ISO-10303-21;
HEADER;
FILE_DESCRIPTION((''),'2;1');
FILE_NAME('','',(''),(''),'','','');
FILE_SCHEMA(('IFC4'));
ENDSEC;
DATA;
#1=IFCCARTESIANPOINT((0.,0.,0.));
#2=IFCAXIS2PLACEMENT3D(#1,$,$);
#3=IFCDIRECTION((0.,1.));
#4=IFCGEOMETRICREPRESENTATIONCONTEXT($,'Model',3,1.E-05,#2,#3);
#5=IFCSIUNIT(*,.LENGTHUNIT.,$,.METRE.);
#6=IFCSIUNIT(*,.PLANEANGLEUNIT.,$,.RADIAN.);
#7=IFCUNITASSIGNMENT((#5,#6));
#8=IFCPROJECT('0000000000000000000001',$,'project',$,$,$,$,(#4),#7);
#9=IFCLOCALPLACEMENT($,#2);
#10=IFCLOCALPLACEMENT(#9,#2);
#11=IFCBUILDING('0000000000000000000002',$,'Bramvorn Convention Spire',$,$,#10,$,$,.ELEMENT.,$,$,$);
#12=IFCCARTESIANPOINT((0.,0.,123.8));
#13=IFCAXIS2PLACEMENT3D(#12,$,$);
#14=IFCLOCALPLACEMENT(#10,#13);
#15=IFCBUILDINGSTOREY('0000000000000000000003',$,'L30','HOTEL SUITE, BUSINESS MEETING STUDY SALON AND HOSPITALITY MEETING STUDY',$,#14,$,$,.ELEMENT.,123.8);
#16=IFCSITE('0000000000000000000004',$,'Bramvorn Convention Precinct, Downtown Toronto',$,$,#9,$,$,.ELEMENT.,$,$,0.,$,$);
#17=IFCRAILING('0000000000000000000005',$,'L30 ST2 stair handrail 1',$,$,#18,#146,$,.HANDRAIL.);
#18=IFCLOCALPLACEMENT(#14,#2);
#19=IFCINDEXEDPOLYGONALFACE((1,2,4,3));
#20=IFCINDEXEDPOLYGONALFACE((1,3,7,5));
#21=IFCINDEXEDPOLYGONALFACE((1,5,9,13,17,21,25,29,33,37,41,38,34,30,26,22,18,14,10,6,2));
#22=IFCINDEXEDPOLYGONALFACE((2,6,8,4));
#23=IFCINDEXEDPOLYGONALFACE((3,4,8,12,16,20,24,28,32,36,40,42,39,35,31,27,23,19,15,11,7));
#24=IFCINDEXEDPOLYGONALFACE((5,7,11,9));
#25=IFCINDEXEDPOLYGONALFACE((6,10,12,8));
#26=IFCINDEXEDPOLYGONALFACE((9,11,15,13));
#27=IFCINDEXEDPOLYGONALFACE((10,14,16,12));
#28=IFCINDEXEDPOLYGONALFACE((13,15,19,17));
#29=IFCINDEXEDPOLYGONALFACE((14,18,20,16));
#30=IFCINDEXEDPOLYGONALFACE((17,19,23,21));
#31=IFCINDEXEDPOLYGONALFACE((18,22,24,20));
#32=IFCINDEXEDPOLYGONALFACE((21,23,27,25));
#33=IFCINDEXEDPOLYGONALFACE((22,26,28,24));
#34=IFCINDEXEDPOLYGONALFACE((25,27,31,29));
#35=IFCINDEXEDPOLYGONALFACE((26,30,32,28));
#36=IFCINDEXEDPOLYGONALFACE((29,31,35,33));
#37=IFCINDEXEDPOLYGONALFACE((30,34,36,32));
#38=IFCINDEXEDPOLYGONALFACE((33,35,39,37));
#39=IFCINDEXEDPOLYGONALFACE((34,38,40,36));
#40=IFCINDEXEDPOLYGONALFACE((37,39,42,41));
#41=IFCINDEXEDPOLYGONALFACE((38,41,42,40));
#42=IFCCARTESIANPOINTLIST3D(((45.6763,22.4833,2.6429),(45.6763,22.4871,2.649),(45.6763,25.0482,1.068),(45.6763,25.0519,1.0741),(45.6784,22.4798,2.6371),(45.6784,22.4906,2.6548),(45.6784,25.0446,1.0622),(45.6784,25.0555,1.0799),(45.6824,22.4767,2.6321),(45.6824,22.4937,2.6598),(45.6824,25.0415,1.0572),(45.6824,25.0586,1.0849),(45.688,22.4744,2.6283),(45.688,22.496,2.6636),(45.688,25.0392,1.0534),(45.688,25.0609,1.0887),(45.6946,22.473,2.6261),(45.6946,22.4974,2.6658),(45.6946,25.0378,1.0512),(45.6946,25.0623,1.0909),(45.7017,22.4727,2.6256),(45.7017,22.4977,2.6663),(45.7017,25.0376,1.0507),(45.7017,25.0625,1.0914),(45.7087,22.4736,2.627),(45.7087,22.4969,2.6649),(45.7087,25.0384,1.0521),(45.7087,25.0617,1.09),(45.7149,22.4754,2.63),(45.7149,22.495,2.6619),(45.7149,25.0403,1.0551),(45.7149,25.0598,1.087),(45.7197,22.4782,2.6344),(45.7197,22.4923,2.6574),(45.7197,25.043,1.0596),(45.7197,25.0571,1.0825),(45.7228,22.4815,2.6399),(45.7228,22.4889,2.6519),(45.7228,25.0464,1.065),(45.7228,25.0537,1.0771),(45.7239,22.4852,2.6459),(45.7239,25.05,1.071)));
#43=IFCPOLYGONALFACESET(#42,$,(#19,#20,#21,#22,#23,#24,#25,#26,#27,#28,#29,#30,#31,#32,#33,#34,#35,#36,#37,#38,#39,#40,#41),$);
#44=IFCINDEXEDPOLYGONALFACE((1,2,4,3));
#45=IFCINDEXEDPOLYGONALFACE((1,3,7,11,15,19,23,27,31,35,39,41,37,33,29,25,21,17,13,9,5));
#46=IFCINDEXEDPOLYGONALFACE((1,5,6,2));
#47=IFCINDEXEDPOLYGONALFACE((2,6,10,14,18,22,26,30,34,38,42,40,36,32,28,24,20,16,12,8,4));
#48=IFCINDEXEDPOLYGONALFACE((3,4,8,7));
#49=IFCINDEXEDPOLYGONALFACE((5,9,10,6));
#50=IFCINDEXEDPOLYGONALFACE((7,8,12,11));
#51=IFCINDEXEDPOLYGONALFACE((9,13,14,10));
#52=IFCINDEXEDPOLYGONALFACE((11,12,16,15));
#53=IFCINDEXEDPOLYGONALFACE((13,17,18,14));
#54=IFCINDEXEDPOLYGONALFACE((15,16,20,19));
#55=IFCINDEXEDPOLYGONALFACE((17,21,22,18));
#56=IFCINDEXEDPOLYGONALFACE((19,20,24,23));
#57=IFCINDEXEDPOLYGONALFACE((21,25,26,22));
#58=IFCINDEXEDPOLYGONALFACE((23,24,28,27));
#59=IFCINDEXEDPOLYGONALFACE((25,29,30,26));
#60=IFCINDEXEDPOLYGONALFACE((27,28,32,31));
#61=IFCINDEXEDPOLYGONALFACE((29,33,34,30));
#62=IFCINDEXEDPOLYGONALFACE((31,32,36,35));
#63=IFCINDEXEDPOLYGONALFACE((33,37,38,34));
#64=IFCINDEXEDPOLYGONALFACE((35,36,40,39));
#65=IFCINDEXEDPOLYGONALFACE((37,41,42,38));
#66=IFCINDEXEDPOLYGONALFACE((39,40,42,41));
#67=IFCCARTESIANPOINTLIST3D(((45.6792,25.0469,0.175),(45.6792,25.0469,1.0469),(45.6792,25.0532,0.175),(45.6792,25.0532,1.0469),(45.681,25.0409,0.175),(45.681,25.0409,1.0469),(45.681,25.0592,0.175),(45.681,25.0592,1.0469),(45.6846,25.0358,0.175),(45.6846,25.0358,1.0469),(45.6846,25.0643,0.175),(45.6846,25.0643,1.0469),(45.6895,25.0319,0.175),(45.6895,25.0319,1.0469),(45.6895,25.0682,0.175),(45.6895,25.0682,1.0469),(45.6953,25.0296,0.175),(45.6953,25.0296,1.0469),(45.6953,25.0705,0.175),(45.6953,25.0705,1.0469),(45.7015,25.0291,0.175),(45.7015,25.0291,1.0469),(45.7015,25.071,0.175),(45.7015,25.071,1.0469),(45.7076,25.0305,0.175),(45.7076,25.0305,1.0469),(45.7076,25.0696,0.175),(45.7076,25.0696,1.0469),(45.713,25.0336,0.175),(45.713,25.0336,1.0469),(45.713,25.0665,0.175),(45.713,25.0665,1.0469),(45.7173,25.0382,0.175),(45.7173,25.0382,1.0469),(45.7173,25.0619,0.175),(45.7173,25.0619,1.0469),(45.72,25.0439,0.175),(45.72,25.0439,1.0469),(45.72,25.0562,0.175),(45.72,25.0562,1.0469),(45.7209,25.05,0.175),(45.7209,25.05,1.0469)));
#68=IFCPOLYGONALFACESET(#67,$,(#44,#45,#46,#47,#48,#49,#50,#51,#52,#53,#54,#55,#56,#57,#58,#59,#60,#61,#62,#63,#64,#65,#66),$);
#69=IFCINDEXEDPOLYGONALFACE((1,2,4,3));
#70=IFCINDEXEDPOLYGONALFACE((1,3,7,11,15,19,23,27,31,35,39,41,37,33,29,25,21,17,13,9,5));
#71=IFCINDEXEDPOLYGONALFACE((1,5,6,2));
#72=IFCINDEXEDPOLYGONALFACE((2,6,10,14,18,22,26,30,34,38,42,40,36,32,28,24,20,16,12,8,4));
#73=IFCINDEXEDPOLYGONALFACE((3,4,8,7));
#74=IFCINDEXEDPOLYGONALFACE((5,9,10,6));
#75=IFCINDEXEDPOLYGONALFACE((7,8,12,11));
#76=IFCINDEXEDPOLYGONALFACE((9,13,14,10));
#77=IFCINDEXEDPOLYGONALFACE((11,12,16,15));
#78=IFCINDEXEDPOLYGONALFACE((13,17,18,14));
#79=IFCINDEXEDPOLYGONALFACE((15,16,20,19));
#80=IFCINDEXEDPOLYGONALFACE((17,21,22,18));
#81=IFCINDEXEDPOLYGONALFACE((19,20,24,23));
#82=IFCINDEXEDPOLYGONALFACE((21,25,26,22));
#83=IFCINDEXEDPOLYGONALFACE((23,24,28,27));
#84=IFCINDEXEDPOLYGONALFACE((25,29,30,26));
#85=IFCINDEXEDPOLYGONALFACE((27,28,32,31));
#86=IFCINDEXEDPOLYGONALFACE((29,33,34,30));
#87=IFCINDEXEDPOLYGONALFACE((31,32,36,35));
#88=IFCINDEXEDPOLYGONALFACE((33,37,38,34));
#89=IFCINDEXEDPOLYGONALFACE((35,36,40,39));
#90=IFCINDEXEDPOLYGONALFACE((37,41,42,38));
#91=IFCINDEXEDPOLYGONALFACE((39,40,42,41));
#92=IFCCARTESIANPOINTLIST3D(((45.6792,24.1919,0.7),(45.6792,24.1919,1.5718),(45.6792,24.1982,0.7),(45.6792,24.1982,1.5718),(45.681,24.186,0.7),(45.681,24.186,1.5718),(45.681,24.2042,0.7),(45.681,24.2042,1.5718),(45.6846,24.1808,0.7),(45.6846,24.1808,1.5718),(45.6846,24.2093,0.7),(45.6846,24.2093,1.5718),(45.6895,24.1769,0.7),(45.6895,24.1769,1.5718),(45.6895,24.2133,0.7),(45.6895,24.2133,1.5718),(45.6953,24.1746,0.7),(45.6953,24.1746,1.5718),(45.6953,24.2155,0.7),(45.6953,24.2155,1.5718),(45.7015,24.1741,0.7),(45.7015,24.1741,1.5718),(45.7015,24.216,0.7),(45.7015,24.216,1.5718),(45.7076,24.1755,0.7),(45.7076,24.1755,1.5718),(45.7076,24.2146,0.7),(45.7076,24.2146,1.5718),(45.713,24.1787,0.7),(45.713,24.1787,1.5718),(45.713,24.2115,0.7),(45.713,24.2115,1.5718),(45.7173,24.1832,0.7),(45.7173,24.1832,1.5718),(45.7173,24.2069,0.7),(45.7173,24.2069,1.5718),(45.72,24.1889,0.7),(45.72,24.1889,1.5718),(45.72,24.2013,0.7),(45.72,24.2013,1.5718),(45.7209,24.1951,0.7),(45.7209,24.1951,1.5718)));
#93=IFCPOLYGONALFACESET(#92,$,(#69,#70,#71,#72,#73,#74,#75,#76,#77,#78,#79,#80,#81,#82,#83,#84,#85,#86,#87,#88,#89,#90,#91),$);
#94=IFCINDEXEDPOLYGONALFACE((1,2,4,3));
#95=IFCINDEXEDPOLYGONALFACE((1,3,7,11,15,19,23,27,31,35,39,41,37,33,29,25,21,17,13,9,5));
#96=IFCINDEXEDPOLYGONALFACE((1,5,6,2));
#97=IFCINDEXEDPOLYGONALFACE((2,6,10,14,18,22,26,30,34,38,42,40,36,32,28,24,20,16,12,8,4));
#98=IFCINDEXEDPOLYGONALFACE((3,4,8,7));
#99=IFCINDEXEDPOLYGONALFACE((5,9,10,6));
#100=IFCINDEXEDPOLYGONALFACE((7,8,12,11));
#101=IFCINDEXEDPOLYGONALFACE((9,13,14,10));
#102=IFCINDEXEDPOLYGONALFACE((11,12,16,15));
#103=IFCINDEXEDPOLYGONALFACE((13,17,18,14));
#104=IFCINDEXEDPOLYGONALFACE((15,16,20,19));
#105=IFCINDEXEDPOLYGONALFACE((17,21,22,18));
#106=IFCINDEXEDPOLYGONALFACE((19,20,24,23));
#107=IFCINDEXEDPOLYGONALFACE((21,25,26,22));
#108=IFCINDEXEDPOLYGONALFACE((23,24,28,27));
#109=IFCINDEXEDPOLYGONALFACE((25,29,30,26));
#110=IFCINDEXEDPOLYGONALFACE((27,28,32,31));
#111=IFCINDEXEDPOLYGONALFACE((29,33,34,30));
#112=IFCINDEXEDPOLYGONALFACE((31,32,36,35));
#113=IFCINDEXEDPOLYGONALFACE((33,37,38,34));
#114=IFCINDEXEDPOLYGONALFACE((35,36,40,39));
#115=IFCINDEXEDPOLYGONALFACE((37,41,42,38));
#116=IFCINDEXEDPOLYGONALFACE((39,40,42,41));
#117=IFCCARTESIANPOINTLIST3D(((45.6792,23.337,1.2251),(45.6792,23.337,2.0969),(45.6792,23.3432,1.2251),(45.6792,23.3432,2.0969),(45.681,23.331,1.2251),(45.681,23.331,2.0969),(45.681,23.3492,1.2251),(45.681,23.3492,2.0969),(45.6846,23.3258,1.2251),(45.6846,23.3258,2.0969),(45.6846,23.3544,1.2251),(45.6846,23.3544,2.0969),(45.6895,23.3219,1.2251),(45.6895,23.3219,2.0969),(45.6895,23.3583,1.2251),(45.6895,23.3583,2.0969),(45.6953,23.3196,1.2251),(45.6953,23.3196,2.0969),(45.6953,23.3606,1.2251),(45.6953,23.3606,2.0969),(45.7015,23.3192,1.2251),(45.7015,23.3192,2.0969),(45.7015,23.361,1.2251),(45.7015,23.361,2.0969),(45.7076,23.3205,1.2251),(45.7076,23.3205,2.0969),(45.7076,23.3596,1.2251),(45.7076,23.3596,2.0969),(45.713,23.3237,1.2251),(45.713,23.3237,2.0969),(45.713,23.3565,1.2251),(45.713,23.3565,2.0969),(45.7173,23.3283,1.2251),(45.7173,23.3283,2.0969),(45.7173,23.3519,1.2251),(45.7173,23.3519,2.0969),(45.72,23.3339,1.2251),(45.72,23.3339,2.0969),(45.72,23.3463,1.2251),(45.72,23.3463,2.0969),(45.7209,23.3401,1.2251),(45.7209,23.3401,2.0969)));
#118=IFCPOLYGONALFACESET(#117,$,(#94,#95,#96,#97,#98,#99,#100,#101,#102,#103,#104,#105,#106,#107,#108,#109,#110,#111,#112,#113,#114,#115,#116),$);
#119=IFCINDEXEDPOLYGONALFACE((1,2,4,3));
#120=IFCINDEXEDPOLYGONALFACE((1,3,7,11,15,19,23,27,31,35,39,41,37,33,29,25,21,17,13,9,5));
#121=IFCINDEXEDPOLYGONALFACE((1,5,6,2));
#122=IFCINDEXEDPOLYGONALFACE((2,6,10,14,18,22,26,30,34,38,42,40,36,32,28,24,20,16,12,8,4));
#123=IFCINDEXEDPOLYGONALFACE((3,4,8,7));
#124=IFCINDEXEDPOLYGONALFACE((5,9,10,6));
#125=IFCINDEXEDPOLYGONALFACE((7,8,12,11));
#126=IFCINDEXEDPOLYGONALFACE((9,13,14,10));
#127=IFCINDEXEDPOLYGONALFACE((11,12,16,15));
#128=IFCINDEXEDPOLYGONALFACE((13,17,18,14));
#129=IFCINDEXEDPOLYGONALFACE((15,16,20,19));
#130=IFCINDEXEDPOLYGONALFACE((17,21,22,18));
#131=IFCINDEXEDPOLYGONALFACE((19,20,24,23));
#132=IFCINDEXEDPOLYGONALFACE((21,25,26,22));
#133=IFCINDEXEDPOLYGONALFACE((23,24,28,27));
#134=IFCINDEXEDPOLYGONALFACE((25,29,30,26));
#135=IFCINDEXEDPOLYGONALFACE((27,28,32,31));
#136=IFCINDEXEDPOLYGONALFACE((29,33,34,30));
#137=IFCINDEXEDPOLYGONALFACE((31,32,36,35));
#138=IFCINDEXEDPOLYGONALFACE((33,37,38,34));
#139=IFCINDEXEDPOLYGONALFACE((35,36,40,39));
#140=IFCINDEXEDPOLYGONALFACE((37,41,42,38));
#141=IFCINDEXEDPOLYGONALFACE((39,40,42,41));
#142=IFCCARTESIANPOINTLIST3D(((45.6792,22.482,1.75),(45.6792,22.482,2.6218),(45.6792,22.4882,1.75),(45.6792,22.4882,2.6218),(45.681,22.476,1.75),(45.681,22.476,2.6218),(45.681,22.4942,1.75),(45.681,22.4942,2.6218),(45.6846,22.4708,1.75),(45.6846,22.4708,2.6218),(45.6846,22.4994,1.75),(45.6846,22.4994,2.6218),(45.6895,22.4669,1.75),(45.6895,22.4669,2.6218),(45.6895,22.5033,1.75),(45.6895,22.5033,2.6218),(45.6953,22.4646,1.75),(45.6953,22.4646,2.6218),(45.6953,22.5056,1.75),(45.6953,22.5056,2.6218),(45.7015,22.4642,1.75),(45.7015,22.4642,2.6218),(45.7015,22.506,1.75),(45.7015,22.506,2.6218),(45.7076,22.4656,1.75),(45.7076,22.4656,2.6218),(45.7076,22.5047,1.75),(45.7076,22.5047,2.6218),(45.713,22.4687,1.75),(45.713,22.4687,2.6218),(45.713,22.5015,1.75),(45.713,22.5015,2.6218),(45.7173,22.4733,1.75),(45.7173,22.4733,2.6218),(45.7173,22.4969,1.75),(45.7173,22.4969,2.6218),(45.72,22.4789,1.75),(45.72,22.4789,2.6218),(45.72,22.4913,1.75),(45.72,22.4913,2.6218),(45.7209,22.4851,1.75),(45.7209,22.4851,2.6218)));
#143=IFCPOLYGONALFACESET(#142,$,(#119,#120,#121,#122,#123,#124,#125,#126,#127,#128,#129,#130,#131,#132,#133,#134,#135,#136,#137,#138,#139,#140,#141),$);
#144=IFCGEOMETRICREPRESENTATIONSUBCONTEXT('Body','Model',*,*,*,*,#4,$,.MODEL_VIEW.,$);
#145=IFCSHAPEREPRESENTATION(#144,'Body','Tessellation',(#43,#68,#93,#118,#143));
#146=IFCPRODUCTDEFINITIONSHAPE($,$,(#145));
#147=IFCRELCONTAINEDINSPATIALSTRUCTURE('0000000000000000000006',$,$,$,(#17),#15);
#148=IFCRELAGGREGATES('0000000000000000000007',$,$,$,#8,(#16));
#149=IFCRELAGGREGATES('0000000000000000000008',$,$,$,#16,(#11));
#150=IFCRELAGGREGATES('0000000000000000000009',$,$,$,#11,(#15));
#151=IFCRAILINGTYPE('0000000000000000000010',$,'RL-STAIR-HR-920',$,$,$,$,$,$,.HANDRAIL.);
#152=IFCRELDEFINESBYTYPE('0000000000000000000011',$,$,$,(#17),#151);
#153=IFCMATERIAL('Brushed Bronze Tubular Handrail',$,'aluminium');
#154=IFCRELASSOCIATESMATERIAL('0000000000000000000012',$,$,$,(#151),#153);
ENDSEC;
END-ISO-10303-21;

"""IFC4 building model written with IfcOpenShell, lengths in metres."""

from ifc_helpers import new_model, si_unit, direction, frame, origin, origin_2d, place, context, subcontext, project, spatial, circle, extrude, material, type_object, element, save


model = new_model("IFC4")

# Units and contexts
model_context = context("Model", 3, precision=1e-05, world=origin(), true_north=direction((0.0, 1.0)))
body_context = subcontext(model_context, "Body", "Model", "MODEL_VIEW")
ifc_project = project(units=[si_unit("LENGTHUNIT", "METRE"), si_unit("PLANEANGLEUNIT", "RADIAN")], contexts=[model_context])

# Site, building, storey
site_placement = place(None, origin())
site = spatial("IfcSite", under=ifc_project, at=site_placement, Name="Bramvorn Convention Precinct, Downtown Toronto", CompositionType="ELEMENT", RefElevation=0.0)
building_placement = place(site_placement, origin())
building = spatial("IfcBuilding", under=site, at=building_placement, Name="Bramvorn Convention Spire", CompositionType="ELEMENT")
storey_placement = place(building_placement, frame((0.0, 0.0, 123.8)))
storey = spatial("IfcBuildingStorey", under=building, at=storey_placement, Name="L30", Description="HOTEL SUITE, BUSINESS MEETING STUDY SALON AND HOSPITALITY MEETING STUDY", CompositionType="ELEMENT", Elevation=123.8)

# Railing
ifc_material_1 = material(Name="Brushed Bronze Tubular Handrail", Category="aluminium")
railing_type_1 = type_object("IfcRailingType", Name="RL-STAIR-HR-920", PredefinedType="HANDRAIL", material=ifc_material_1)
railing_1_placement = place(storey_placement, frame((45.7, 25.05, 0.175)))
element("IfcRailing", 1, at=railing_1_placement, inside=storey, type_object=railing_type_1, Name="L30 ST2 stair handrail 1", PredefinedType="HANDRAIL", context=body_context, shape_type="SweptSolid", body=[
    extrude(circle(Radius=0.0239, at=origin_2d()), frame((0.0, 0.0, 0.896), z_axis=(0.0, -0.852173, 0.52326), x_axis=(1.0, 0.0, 0.0)), (0.0, 0.0, 1.0), 3.0098),
    extrude(circle(Radius=0.021, at=origin_2d()), origin(), (0.0, 0.0, 1.0), 0.8718),
    extrude(circle(Radius=0.021, at=origin_2d()), frame((0.0, -0.855, 0.5249)), (0.0, 0.0, 1.0), 0.8718),
    extrude(circle(Radius=0.021, at=origin_2d()), frame((0.0, -1.71, 1.05)), (0.0, 0.0, 1.0), 0.8718),
    extrude(circle(Radius=0.021, at=origin_2d()), frame((0.0, -2.5649, 1.575)), (0.0, 0.0, 1.0), 0.8718),
])

save(model, "model.ifc")
